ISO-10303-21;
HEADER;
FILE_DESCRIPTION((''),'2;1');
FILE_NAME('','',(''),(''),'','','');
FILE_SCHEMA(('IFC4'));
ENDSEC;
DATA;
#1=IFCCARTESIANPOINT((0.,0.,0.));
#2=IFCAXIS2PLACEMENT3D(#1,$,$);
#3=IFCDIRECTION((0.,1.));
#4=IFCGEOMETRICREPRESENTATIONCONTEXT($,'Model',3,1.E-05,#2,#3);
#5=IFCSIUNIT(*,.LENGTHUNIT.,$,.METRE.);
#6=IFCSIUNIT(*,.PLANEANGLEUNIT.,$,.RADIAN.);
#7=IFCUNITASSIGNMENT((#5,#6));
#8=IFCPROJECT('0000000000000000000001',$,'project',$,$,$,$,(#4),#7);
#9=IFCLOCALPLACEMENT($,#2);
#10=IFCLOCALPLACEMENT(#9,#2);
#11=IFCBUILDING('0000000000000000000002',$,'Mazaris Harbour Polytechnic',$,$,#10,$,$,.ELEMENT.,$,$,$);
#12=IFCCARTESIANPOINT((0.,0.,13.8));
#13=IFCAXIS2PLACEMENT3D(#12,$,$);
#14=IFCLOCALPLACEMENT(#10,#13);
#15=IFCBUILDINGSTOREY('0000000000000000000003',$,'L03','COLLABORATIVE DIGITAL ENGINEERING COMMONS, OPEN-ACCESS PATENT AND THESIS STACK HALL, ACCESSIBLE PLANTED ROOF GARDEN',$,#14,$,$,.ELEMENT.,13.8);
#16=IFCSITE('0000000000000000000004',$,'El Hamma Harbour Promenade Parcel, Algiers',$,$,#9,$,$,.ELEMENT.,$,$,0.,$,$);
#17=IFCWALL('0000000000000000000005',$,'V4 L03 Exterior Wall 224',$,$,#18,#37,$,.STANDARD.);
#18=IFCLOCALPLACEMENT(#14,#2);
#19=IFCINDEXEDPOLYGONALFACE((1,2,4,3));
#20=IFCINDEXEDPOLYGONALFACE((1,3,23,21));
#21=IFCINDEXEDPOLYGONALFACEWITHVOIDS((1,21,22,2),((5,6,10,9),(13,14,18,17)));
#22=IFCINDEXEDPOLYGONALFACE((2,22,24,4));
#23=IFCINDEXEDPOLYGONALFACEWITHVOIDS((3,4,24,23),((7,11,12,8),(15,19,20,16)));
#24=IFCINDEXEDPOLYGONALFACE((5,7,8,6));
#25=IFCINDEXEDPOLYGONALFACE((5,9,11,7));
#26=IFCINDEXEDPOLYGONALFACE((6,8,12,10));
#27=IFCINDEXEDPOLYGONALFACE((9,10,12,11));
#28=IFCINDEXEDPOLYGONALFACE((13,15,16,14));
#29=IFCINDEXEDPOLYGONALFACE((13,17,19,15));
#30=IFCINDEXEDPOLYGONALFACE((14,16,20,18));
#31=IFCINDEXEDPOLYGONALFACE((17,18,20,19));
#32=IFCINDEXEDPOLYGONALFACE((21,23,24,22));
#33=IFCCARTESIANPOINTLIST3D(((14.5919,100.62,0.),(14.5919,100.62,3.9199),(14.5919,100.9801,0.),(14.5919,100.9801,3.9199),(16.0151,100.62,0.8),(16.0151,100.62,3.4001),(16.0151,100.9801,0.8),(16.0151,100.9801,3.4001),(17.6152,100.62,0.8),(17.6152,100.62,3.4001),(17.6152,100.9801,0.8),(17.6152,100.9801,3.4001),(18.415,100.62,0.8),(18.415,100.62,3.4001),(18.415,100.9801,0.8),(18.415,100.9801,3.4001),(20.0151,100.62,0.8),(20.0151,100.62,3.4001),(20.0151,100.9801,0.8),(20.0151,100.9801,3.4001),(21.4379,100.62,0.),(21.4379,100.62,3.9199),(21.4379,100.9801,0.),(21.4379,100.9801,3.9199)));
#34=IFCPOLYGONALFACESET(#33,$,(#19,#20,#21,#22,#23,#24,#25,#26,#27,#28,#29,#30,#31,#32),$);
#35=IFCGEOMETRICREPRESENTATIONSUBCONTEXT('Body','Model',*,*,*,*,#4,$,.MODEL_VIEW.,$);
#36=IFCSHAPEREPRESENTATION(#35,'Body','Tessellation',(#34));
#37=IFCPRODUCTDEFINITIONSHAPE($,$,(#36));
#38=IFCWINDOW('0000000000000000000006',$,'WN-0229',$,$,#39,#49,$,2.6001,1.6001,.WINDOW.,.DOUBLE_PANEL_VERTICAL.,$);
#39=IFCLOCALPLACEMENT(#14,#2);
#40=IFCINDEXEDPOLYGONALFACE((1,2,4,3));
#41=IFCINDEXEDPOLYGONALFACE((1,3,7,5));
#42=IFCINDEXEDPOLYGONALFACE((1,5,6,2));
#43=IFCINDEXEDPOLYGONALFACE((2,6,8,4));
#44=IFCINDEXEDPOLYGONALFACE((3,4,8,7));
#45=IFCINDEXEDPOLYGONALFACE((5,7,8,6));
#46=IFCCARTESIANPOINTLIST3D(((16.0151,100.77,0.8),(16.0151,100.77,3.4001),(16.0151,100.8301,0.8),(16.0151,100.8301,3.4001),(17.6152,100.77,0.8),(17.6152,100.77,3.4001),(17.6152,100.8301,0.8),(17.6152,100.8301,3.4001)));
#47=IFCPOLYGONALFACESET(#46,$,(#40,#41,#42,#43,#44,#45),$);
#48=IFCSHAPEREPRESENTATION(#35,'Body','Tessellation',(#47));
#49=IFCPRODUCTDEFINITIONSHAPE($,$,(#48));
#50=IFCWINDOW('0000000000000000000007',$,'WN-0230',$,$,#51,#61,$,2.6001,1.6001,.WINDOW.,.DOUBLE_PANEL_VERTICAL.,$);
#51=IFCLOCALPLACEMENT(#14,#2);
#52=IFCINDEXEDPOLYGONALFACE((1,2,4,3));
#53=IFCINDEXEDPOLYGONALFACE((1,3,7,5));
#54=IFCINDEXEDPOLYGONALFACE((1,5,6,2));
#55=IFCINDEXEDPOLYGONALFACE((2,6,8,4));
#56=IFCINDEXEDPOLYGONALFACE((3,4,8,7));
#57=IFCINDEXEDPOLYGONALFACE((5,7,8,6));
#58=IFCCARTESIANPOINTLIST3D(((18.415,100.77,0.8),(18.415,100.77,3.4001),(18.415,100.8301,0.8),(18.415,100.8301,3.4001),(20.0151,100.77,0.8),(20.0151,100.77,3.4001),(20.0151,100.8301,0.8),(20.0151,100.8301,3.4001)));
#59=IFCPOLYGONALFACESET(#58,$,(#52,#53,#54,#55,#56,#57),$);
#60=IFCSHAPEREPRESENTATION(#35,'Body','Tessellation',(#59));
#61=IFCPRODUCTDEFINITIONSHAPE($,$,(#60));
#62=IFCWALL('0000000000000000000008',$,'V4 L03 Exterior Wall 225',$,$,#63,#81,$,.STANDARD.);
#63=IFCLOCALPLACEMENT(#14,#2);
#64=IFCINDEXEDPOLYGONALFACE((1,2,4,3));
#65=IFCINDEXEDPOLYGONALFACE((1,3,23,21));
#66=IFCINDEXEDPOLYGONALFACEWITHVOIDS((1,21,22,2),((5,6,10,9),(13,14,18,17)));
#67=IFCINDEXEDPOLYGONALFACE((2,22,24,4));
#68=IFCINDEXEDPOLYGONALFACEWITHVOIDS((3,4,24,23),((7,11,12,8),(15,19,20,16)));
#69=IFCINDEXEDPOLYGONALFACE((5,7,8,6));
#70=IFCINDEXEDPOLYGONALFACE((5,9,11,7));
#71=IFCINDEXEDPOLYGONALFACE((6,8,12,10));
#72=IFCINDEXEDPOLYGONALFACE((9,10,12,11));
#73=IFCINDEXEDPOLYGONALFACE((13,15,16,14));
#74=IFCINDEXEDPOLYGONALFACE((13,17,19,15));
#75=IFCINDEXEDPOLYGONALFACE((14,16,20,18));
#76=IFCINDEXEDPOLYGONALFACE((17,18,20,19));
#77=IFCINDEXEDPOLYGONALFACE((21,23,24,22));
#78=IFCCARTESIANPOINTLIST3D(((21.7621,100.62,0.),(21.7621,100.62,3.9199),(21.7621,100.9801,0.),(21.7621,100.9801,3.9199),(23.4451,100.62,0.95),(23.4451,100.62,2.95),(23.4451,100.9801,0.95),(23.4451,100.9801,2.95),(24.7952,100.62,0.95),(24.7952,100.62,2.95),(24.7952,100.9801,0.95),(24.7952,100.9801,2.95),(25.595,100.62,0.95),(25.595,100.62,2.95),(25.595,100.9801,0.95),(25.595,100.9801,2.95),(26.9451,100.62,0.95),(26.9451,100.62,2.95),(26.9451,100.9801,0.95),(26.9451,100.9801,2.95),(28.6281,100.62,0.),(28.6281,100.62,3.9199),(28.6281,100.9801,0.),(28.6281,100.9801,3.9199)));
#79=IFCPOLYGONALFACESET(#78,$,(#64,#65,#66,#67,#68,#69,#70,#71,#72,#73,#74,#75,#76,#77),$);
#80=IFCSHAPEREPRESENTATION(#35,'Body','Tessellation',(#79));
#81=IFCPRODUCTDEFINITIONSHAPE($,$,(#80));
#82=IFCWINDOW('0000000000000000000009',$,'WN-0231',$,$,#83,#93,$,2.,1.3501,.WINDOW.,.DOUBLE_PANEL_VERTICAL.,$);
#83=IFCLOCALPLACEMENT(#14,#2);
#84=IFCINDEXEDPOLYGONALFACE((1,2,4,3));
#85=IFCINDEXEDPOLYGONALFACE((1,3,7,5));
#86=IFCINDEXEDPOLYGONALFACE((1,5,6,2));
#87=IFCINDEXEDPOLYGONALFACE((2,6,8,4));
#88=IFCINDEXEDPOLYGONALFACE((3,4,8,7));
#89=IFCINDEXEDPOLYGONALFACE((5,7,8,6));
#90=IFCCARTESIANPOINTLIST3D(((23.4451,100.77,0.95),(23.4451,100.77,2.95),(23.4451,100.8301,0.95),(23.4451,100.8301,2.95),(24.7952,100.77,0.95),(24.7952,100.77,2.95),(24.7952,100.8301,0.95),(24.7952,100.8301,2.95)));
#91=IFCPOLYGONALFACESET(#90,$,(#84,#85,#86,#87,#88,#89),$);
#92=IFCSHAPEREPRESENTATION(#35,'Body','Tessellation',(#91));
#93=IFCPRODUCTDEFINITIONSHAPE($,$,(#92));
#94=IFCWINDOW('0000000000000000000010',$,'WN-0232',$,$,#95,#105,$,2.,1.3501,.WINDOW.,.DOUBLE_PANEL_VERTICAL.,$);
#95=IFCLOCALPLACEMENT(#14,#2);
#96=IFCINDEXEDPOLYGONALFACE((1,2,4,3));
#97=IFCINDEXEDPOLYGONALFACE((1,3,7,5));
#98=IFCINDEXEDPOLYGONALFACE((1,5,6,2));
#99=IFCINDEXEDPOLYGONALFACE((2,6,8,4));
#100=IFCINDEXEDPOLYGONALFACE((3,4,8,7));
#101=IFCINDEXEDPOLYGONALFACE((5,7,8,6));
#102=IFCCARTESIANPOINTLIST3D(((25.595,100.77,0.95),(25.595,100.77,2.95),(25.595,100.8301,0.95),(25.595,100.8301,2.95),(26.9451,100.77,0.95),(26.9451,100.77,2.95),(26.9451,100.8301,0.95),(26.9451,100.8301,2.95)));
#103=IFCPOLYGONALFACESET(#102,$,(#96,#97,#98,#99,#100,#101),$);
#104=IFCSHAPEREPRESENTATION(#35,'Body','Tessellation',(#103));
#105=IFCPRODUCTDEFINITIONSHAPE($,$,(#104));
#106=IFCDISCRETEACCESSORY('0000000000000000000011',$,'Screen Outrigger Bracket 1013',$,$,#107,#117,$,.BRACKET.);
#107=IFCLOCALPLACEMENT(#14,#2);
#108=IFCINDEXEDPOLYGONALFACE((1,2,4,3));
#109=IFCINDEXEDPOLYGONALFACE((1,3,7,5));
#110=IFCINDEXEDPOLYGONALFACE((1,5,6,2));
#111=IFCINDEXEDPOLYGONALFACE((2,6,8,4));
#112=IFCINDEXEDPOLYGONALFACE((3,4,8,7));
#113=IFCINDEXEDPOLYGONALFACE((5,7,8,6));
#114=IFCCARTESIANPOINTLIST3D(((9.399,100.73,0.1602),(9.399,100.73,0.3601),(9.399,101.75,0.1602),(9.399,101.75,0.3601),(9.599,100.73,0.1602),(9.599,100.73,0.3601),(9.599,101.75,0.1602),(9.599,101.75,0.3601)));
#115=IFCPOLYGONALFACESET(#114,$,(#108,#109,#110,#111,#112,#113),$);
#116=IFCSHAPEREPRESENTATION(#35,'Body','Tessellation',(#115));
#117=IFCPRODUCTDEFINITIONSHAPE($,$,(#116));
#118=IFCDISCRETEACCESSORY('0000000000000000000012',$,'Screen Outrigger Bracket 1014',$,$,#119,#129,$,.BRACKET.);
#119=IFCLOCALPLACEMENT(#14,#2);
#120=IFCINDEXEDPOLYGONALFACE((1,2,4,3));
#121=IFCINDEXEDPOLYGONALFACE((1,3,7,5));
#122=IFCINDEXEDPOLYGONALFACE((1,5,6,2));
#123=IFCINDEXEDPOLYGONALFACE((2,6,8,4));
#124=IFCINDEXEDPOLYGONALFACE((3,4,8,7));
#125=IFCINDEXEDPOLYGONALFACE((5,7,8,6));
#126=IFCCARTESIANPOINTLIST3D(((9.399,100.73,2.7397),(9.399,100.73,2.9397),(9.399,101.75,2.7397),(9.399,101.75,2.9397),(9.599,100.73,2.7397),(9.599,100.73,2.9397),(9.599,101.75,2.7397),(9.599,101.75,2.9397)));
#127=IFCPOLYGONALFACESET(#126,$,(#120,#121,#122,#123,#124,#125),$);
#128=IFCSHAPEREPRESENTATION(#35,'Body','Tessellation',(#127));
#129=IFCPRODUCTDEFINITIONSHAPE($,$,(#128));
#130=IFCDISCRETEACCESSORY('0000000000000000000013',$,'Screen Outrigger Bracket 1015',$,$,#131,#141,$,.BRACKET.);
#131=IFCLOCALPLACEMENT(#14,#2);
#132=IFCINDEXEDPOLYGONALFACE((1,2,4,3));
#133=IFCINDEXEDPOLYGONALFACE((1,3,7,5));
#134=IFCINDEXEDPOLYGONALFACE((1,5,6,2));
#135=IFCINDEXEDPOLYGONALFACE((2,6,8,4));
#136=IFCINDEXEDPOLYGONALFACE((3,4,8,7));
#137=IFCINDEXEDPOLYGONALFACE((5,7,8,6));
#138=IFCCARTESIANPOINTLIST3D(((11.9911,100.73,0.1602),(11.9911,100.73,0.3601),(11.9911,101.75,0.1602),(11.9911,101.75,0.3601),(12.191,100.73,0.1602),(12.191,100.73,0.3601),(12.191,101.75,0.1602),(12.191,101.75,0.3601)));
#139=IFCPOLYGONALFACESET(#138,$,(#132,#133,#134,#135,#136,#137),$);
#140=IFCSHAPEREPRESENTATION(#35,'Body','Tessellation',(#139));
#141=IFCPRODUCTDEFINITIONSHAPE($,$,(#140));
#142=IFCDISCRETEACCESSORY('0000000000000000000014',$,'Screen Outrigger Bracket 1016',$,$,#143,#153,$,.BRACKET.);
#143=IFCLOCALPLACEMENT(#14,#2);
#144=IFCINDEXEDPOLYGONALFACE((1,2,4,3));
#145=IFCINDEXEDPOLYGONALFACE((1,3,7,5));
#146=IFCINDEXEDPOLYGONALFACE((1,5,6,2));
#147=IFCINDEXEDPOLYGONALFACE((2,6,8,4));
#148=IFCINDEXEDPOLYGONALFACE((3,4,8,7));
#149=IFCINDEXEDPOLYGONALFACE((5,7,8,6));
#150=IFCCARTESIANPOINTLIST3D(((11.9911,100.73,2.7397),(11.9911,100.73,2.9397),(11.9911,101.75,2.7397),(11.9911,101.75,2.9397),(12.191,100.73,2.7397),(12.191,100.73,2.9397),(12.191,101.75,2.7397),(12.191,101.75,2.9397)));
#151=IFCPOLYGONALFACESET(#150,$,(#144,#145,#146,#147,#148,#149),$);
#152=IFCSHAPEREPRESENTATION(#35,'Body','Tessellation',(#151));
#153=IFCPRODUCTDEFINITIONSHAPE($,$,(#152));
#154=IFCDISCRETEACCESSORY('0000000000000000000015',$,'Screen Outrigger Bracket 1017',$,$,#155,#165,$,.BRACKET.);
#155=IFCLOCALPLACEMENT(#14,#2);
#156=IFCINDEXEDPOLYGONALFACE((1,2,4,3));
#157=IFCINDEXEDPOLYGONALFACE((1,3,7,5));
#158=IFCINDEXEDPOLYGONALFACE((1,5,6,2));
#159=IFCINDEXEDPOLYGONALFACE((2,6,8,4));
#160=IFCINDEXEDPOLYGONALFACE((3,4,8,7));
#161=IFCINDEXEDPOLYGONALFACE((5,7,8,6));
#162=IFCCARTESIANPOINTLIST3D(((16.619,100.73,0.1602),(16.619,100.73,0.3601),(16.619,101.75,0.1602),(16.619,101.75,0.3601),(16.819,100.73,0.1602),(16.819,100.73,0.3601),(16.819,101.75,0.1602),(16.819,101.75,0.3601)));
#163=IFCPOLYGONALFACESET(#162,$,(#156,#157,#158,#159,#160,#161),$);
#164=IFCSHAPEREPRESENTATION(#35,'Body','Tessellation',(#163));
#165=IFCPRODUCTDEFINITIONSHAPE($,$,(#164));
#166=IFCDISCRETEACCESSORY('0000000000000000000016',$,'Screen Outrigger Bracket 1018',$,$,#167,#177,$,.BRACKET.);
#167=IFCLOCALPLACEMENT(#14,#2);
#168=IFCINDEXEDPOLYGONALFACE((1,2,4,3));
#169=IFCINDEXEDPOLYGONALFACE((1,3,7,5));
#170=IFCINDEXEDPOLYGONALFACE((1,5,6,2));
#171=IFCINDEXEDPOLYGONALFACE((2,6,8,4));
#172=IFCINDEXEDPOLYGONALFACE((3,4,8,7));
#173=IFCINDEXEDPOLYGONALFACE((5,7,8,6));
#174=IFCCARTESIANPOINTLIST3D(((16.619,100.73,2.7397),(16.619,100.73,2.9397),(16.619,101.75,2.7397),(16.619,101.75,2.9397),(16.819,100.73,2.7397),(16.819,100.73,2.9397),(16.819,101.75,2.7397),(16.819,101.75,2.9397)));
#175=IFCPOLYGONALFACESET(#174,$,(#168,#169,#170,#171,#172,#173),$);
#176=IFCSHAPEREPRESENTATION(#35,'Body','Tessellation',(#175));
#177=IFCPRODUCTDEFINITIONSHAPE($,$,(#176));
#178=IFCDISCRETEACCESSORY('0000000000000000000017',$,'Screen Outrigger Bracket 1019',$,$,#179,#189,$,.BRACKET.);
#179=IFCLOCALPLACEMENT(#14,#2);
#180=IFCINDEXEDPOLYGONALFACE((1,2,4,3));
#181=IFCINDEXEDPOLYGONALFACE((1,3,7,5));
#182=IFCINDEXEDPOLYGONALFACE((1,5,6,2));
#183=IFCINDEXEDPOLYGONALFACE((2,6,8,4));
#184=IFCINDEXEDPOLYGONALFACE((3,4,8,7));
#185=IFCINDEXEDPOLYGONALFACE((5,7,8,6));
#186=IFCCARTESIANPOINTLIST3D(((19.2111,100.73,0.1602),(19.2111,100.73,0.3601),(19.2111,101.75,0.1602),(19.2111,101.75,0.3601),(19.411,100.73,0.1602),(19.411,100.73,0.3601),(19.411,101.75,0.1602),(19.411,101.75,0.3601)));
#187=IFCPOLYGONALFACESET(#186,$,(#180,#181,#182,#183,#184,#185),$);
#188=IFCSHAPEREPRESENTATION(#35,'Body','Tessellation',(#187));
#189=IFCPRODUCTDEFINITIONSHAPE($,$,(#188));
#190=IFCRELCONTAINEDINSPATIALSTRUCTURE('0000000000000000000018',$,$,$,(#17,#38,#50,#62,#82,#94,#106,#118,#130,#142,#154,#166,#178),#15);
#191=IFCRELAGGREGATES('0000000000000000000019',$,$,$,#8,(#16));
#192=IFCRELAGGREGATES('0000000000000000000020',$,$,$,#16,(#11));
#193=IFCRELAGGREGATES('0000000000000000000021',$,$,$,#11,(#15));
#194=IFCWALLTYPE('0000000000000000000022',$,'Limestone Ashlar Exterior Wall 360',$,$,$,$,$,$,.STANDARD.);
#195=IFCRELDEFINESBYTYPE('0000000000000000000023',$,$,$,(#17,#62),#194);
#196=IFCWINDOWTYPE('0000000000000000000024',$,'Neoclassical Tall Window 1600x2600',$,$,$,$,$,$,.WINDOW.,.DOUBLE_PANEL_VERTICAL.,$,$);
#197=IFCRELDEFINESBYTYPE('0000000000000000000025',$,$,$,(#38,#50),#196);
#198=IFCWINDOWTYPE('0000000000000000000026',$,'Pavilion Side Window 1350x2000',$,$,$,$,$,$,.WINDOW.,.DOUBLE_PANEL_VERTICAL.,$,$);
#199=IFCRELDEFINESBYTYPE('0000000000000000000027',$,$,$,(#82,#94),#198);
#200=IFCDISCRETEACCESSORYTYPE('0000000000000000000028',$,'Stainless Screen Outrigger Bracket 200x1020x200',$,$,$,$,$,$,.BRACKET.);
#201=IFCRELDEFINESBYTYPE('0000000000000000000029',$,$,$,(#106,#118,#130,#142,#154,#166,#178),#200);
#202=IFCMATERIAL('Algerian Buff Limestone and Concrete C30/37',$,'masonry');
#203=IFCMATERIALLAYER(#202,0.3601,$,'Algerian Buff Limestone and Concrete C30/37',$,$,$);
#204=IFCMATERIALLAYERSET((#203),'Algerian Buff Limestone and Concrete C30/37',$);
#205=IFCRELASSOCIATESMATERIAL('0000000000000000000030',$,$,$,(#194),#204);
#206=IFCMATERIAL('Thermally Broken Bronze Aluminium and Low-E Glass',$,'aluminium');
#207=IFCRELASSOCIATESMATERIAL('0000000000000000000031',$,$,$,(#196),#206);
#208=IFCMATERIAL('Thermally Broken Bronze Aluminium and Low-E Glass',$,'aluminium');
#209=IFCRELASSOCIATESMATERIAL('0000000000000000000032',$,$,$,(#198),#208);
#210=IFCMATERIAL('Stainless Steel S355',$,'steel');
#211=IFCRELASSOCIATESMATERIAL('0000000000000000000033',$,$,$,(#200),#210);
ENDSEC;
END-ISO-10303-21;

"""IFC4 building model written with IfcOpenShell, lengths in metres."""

from ifc_helpers import new_model, si_unit, direction, frame, frame_2d, origin, origin_2d, place, context, subcontext, project, spatial, rectangle, extrude, material, layer, layer_set, type_object, element, fill, save


model = new_model("IFC4")

# Units and contexts
model_context = context("Model", 3, precision=1e-05, world=origin(), true_north=direction((0.0, 1.0)))
body_context = subcontext(model_context, "Body", "Model", "MODEL_VIEW")
ifc_project = project(units=[si_unit("LENGTHUNIT", "METRE"), si_unit("PLANEANGLEUNIT", "RADIAN")], contexts=[model_context])

# Site, building, storey
site_placement = place(None, origin())
site = spatial("IfcSite", under=ifc_project, at=site_placement, Name="El Hamma Harbour Promenade Parcel, Algiers", CompositionType="ELEMENT", RefElevation=0.0)
building_placement = place(site_placement, origin())
building = spatial("IfcBuilding", under=site, at=building_placement, Name="Mazaris Harbour Polytechnic", CompositionType="ELEMENT")
storey_placement = place(building_placement, frame((0.0, 0.0, 13.8)))
storey = spatial("IfcBuildingStorey", under=building, at=storey_placement, Name="L03", Description="COLLABORATIVE DIGITAL ENGINEERING COMMONS, OPEN-ACCESS PATENT AND THESIS STACK HALL, ACCESSIBLE PLANTED ROOF GARDEN", CompositionType="ELEMENT", Elevation=13.8)

# Walls, openings, windows
ifc_material_1 = material(Name="Algerian Buff Limestone and Concrete C30/37", Category="masonry")
ifc_layer = layer(ifc_material_1, 0.3601, Name="Algerian Buff Limestone and Concrete C30/37")
ifc_layer_set = layer_set([ifc_layer], Name="Algerian Buff Limestone and Concrete C30/37")
wall_type = type_object("IfcWallType", Name="Limestone Ashlar Exterior Wall 360", PredefinedType="STANDARD", material=ifc_layer_set)
wall_1_placement = place(storey_placement, frame((14.592, 100.8, 0.0), z_axis=(0.0, 0.0, 1.0), x_axis=(1.0, 0.0, 0.0)))
wall_1 = element("IfcWall", 1, at=wall_1_placement, inside=storey, type_object=wall_type, Name="V4 L03 Exterior Wall 224", PredefinedType="STANDARD", context=body_context, shape_type="SweptSolid", body=[
    extrude(rectangle(XDim=6.8459, YDim=0.3601, at=frame_2d((3.4229, 0.0))), origin(), (0.0, 0.0, 1.0), 3.9199),
])
opening_1_placement = place(wall_1_placement, frame((1.4231, 0.0, 0.8)))
opening_1 = element("IfcOpeningElement", 2, at=opening_1_placement, cuts=wall_1, PredefinedType="OPENING", context=body_context, shape_type="SweptSolid", body=[
    extrude(rectangle(XDim=1.6001, YDim=2.6001, at=frame_2d((0.8, 1.3))), frame((0.0, 0.1899, 0.0), z_axis=(0.0, -1.0, 0.0), x_axis=(1.0, 0.0, 0.0)), (0.0, 0.0, 1.0), 0.3801),
])
opening_2_placement = place(wall_1_placement, frame((3.823, 0.0, 0.8)))
opening_2 = element("IfcOpeningElement", 3, at=opening_2_placement, cuts=wall_1, PredefinedType="OPENING", context=body_context, shape_type="SweptSolid", body=[
    extrude(rectangle(XDim=1.6001, YDim=2.6001, at=frame_2d((0.8, 1.3))), frame((0.0, 0.1899, 0.0), z_axis=(0.0, -1.0, 0.0), x_axis=(1.0, 0.0, 0.0)), (0.0, 0.0, 1.0), 0.3801),
])
ifc_material_2 = material(Name="Thermally Broken Bronze Aluminium and Low-E Glass", Category="aluminium")
window_type_1 = type_object("IfcWindowType", Name="Neoclassical Tall Window 1600x2600", PartitioningType="DOUBLE_PANEL_VERTICAL", PredefinedType="WINDOW", material=ifc_material_2)
window_1_placement = place(opening_1_placement, origin())
window_1 = element("IfcWindow", 4, at=window_1_placement, inside=storey, type_object=window_type_1, Name="WN-0229", OverallHeight=2.6001, OverallWidth=1.6001, PartitioningType="DOUBLE_PANEL_VERTICAL", PredefinedType="WINDOW", context=body_context, shape_type="SweptSolid", body=[
    extrude(rectangle(XDim=1.6001, YDim=2.6001, at=frame_2d((0.8, 1.3))), frame((0.0, 0.03, 0.0), z_axis=(0.0, -1.0, 0.0), x_axis=(1.0, 0.0, 0.0)), (0.0, 0.0, 1.0), 0.0601),
])
fill(opening_1, window_1)
window_2_placement = place(opening_2_placement, origin())
window_2 = element("IfcWindow", 5, at=window_2_placement, inside=storey, type_object=window_type_1, Name="WN-0230", OverallHeight=2.6001, OverallWidth=1.6001, PartitioningType="DOUBLE_PANEL_VERTICAL", PredefinedType="WINDOW", context=body_context, shape_type="SweptSolid", body=[
    extrude(rectangle(XDim=1.6001, YDim=2.6001, at=frame_2d((0.8, 1.3))), frame((0.0, 0.03, 0.0), z_axis=(0.0, -1.0, 0.0), x_axis=(1.0, 0.0, 0.0)), (0.0, 0.0, 1.0), 0.0601),
])
fill(opening_2, window_2)
wall_2_placement = place(storey_placement, frame((21.762, 100.8, 0.0), z_axis=(0.0, 0.0, 1.0), x_axis=(1.0, 0.0, 0.0)))
wall_2 = element("IfcWall", 6, at=wall_2_placement, inside=storey, type_object=wall_type, Name="V4 L03 Exterior Wall 225", PredefinedType="STANDARD", context=body_context, shape_type="SweptSolid", body=[
    extrude(rectangle(XDim=6.866, YDim=0.3601, at=frame_2d((3.4331, 0.0))), origin(), (0.0, 0.0, 1.0), 3.9199),
])
opening_3_placement = place(wall_2_placement, frame((1.6831, 0.0, 0.95)))
opening_3 = element("IfcOpeningElement", 7, at=opening_3_placement, cuts=wall_2, PredefinedType="OPENING", context=body_context, shape_type="SweptSolid", body=[
    extrude(rectangle(XDim=1.3501, YDim=2.0, at=frame_2d((0.675, 1.0))), frame((0.0, 0.1899, 0.0), z_axis=(0.0, -1.0, 0.0), x_axis=(1.0, 0.0, 0.0)), (0.0, 0.0, 1.0), 0.3801),
])
opening_4_placement = place(wall_2_placement, frame((3.833, 0.0, 0.95)))
opening_4 = element("IfcOpeningElement", 8, at=opening_4_placement, cuts=wall_2, PredefinedType="OPENING", context=body_context, shape_type="SweptSolid", body=[
    extrude(rectangle(XDim=1.3501, YDim=2.0, at=frame_2d((0.675, 1.0))), frame((0.0, 0.1899, 0.0), z_axis=(0.0, -1.0, 0.0), x_axis=(1.0, 0.0, 0.0)), (0.0, 0.0, 1.0), 0.3801),
])
ifc_material_3 = material(Name="Thermally Broken Bronze Aluminium and Low-E Glass", Category="aluminium")
window_type_2 = type_object("IfcWindowType", Name="Pavilion Side Window 1350x2000", PartitioningType="DOUBLE_PANEL_VERTICAL", PredefinedType="WINDOW", material=ifc_material_3)
window_3_placement = place(opening_3_placement, origin())
window_3 = element("IfcWindow", 9, at=window_3_placement, inside=storey, type_object=window_type_2, Name="WN-0231", OverallHeight=2.0, OverallWidth=1.3501, PartitioningType="DOUBLE_PANEL_VERTICAL", PredefinedType="WINDOW", context=body_context, shape_type="SweptSolid", body=[
    extrude(rectangle(XDim=1.3501, YDim=2.0, at=frame_2d((0.675, 1.0))), frame((0.0, 0.03, 0.0), z_axis=(0.0, -1.0, 0.0), x_axis=(1.0, 0.0, 0.0)), (0.0, 0.0, 1.0), 0.0601),
])
fill(opening_3, window_3)
window_4_placement = place(opening_4_placement, origin())
window_4 = element("IfcWindow", 10, at=window_4_placement, inside=storey, type_object=window_type_2, Name="WN-0232", OverallHeight=2.0, OverallWidth=1.3501, PartitioningType="DOUBLE_PANEL_VERTICAL", PredefinedType="WINDOW", context=body_context, shape_type="SweptSolid", body=[
    extrude(rectangle(XDim=1.3501, YDim=2.0, at=frame_2d((0.675, 1.0))), frame((0.0, 0.03, 0.0), z_axis=(0.0, -1.0, 0.0), x_axis=(1.0, 0.0, 0.0)), (0.0, 0.0, 1.0), 0.0601),
])
fill(opening_4, window_4)

# Discrete accessories
ifc_material_4 = material(Name="Stainless Steel S355", Category="steel")
discrete_accessory_type = type_object("IfcDiscreteAccessoryType", Name="Stainless Screen Outrigger Bracket 200x1020x200", PredefinedType="BRACKET", material=ifc_material_4)
for number, where, z_axis, x_axis, name in (
    (11, (9.499, 101.24, 0.1602), (0.0, 0.0, 1.0), (1.0, 0.0, 0.0), "Screen Outrigger Bracket 1013"),
    (12, (9.499, 101.24, 2.7397), (0.0, 0.0, 1.0), (1.0, 0.0, 0.0), "Screen Outrigger Bracket 1014"),
    (13, (12.0911, 101.24, 0.1602), (0.0, 0.0, 1.0), (1.0, 0.0, 0.0), "Screen Outrigger Bracket 1015"),
    (14, (12.0911, 101.24, 2.7397), (0.0, 0.0, 1.0), (1.0, 0.0, 0.0), "Screen Outrigger Bracket 1016"),
    (15, (16.719, 101.24, 0.1602), (0.0, 0.0, 1.0), (1.0, 0.0, 0.0), "Screen Outrigger Bracket 1017"),
    (16, (16.719, 101.24, 2.7397), (0.0, 0.0, 1.0), (1.0, 0.0, 0.0), "Screen Outrigger Bracket 1018"),
    (17, (19.311, 101.24, 0.1602), (0.0, 0.0, 1.0), (1.0, 0.0, 0.0), "Screen Outrigger Bracket 1019"),
):
    element("IfcDiscreteAccessory", number, at=place(storey_placement, frame(where, z_axis=z_axis, x_axis=x_axis)), inside=storey, type_object=discrete_accessory_type, Name=name, PredefinedType="BRACKET", context=body_context, shape_type="SweptSolid", body=[
        extrude(rectangle(XDim=0.2, YDim=1.02, at=origin_2d()), origin(), (0.0, 0.0, 1.0), 0.2),
    ])

save(model, "model.ifc")
